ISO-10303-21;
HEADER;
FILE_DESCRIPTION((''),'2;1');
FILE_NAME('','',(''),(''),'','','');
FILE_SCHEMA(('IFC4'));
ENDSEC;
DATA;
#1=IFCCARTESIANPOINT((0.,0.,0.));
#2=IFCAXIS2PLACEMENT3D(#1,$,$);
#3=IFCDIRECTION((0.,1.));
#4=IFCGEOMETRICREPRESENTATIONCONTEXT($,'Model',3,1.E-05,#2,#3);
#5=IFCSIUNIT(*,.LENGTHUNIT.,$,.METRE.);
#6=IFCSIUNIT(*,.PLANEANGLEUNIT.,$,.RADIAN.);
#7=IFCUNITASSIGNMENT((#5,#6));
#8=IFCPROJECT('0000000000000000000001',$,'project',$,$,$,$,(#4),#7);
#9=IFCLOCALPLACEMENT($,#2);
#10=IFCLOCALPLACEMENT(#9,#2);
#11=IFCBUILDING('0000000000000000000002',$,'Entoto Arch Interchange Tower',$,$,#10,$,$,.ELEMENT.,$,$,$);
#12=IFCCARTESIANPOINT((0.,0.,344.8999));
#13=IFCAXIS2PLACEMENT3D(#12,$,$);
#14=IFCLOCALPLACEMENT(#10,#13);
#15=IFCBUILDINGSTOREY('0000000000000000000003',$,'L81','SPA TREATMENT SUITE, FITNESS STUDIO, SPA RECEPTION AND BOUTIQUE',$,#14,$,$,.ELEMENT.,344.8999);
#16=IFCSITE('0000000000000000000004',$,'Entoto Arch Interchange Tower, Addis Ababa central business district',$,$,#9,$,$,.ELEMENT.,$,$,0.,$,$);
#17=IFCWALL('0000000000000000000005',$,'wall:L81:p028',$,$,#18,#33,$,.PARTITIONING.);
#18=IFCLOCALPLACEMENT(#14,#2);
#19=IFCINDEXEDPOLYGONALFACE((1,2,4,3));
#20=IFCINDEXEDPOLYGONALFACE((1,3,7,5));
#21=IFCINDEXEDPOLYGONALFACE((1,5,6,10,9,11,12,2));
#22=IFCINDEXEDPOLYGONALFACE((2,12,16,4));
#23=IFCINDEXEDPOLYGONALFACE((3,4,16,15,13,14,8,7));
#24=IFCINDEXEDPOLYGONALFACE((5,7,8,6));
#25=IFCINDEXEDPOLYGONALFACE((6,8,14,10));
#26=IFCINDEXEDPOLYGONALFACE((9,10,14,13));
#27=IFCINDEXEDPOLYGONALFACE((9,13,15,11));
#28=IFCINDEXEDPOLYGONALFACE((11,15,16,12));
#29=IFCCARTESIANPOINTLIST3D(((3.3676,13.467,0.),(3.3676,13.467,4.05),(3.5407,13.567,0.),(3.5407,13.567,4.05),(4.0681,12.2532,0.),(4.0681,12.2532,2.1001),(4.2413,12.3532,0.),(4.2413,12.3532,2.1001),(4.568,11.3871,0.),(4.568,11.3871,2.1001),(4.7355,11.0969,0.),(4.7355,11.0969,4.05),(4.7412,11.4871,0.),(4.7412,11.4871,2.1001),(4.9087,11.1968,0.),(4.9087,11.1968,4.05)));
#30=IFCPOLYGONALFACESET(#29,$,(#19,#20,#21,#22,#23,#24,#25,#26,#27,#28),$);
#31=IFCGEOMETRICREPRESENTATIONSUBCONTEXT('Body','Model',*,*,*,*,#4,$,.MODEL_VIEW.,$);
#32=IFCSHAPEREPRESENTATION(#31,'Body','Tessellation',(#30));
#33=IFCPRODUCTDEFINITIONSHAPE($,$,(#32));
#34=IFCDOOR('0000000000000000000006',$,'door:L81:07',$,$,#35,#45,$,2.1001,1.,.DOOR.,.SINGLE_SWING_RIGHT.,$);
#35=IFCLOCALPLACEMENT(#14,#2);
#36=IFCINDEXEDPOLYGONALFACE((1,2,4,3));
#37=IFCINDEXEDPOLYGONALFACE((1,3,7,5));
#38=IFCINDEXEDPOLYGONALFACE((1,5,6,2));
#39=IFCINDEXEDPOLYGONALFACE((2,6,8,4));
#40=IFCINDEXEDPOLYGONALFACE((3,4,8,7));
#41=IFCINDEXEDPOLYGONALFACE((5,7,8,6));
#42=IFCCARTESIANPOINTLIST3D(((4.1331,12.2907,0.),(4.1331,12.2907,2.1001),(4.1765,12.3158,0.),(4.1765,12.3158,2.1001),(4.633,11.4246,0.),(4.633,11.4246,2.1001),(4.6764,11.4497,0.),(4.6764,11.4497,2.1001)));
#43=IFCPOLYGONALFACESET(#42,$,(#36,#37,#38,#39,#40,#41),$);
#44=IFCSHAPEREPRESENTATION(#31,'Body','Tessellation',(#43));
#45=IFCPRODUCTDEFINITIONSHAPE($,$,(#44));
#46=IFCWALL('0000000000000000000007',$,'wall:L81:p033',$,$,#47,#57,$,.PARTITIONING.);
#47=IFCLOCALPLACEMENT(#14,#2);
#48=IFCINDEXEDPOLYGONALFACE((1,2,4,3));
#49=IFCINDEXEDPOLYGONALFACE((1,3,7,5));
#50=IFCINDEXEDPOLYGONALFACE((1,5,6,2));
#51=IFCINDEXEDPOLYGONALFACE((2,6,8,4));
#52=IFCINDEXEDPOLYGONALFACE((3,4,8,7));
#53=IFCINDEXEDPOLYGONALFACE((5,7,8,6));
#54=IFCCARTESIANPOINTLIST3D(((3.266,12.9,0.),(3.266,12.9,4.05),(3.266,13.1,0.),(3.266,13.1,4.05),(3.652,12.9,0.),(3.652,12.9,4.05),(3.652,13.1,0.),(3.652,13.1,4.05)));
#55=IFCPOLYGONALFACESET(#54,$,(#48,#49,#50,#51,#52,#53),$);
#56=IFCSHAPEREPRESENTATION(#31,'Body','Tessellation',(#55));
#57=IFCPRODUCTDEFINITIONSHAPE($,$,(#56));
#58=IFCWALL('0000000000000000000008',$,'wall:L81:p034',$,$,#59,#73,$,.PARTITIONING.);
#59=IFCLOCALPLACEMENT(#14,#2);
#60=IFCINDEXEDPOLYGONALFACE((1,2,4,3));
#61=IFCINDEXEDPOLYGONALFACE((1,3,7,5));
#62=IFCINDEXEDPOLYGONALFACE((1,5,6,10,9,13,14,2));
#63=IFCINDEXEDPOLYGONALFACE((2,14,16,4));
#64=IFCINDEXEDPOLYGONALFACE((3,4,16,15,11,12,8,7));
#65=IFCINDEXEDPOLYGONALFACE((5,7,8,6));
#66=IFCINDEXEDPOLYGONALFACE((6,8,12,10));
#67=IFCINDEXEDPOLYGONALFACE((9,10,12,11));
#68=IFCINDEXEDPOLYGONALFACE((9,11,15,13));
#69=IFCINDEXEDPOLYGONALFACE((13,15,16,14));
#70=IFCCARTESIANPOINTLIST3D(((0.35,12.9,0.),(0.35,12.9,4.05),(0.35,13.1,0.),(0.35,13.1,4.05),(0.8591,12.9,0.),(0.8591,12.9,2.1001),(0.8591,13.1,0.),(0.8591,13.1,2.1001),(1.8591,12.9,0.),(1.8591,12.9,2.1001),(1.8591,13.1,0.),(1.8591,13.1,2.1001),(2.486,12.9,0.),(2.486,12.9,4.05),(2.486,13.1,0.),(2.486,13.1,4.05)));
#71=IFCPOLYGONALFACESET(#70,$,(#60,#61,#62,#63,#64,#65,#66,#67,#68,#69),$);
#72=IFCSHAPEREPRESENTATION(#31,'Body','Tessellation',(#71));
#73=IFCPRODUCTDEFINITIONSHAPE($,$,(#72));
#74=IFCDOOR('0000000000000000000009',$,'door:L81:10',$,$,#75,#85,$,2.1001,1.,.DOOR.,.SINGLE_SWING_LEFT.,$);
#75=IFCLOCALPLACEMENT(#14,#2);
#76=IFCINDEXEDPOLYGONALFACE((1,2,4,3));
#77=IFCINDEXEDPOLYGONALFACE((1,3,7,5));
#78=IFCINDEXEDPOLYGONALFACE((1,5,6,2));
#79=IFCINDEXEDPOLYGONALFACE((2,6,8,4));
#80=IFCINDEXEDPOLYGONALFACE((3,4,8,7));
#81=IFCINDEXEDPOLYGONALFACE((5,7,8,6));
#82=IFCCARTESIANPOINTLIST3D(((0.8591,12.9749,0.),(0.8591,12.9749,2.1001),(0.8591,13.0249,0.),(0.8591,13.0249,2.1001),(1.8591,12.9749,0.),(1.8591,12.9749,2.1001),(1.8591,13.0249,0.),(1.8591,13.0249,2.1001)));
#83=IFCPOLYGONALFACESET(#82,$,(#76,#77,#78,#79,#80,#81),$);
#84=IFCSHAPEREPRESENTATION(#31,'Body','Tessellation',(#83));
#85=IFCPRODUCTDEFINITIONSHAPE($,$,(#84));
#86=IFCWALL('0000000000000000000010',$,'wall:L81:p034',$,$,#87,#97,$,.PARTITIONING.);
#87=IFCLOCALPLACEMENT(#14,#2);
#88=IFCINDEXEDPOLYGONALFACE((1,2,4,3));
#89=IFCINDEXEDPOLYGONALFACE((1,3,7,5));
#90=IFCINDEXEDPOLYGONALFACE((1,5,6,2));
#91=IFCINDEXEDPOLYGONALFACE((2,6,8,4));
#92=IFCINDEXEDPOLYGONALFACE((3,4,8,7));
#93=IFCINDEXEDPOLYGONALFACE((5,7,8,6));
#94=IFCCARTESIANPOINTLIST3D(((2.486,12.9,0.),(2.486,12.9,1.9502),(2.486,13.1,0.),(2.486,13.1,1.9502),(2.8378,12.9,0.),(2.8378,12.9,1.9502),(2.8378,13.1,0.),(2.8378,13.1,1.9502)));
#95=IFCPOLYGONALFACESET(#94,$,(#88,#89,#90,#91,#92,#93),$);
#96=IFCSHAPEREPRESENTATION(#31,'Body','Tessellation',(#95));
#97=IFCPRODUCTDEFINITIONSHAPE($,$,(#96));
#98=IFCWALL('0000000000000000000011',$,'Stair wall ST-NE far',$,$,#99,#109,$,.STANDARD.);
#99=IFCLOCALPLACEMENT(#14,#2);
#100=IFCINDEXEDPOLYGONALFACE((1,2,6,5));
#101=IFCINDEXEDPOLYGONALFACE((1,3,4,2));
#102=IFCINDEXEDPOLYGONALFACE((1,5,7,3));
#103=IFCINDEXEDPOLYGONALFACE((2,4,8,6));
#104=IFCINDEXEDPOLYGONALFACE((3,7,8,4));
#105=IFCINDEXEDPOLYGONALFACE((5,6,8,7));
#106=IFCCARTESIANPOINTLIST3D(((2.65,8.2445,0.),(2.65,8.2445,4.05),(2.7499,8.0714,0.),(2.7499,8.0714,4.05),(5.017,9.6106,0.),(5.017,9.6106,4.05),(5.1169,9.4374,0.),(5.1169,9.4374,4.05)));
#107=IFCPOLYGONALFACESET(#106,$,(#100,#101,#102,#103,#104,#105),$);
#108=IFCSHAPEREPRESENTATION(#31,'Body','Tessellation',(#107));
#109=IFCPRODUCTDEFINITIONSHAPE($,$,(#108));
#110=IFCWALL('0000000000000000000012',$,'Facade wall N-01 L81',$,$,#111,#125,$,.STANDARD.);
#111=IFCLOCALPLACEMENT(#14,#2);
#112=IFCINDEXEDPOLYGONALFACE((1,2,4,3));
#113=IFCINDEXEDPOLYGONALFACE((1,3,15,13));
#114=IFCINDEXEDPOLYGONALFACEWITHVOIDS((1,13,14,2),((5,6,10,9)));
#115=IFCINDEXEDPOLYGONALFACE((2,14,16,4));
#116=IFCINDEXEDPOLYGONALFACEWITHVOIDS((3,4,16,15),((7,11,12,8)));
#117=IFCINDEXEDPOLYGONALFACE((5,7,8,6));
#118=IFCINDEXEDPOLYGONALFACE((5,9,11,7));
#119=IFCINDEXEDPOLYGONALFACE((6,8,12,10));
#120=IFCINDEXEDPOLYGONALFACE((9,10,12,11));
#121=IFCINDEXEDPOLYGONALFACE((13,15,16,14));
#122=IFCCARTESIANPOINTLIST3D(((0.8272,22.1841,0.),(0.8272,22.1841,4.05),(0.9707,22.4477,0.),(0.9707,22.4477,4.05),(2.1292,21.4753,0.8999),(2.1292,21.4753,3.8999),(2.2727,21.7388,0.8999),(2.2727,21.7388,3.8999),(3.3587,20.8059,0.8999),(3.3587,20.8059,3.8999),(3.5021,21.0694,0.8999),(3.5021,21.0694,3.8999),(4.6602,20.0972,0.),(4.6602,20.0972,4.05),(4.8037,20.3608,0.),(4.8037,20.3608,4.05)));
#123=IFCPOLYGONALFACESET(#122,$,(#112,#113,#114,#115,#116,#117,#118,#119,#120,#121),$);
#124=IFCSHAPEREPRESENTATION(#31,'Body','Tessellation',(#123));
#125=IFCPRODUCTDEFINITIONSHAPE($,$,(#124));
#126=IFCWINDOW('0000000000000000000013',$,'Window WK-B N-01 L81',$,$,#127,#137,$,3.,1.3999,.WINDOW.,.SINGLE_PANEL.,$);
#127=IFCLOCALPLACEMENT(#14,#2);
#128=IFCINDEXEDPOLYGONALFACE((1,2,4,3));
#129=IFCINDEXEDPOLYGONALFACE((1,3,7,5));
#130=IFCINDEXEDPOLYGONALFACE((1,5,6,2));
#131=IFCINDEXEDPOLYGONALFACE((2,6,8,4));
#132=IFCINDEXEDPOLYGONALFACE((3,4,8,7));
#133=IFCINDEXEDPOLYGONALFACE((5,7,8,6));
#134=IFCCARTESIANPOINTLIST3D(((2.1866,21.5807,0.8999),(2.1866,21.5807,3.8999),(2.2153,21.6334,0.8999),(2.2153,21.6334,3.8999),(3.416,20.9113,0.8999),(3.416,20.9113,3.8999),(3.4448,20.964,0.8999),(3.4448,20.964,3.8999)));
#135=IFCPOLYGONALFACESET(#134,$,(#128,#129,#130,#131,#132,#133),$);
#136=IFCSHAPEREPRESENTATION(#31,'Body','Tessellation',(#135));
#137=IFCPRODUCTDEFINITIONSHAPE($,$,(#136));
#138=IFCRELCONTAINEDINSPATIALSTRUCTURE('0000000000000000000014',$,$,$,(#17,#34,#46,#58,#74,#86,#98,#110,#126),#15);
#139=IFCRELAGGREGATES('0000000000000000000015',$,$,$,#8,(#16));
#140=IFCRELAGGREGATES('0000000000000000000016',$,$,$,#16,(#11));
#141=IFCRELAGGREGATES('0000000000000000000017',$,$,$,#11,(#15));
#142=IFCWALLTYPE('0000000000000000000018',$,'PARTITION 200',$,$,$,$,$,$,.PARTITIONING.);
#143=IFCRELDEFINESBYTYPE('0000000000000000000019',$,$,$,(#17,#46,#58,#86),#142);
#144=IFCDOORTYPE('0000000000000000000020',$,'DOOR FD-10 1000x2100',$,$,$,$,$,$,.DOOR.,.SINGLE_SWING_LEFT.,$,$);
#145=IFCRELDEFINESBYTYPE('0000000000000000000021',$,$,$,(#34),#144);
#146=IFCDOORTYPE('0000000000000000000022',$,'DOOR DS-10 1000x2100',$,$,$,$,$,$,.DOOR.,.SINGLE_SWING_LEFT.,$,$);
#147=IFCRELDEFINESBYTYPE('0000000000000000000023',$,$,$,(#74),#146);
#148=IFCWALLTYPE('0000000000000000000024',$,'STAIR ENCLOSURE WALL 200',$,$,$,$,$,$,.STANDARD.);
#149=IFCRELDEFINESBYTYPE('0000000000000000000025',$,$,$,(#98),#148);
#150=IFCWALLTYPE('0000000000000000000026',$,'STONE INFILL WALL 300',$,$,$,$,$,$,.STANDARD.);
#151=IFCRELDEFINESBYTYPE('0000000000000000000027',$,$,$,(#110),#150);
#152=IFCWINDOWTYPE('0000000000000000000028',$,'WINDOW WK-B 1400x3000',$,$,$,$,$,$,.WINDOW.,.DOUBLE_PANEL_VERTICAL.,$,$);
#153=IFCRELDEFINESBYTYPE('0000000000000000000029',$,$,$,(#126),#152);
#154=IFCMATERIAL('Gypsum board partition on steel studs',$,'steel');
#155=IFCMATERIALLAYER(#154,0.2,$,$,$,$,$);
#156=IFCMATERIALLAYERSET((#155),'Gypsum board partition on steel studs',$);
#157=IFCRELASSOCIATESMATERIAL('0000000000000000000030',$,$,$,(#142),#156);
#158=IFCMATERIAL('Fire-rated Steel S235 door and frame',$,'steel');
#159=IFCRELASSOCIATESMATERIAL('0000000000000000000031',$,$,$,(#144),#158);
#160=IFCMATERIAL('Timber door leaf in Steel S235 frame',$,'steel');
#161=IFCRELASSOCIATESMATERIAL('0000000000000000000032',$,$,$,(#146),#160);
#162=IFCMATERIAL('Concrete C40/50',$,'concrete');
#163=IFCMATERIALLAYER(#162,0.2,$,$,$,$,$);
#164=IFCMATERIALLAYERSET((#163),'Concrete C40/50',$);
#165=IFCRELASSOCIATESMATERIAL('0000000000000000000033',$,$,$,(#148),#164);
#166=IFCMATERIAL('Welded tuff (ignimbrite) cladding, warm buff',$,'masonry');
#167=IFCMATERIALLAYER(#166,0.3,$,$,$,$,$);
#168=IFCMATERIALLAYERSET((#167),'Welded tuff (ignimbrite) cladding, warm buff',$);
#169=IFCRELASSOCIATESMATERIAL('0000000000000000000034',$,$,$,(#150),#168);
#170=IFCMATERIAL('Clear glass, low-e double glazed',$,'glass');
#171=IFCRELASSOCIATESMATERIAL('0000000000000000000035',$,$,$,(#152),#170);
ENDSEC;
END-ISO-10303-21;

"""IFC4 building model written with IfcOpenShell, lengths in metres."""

from ifc_helpers import new_model, si_unit, direction, frame, frame_2d, origin, place, context, subcontext, project, spatial, rectangle, extrude, material, layer, layer_set, type_object, element, fill, save


model = new_model("IFC4")

# Units and contexts
model_context = context("Model", 3, precision=1e-05, world=origin(), true_north=direction((0.0, 1.0)))
body_context = subcontext(model_context, "Body", "Model", "MODEL_VIEW")
ifc_project = project(units=[si_unit("LENGTHUNIT", "METRE"), si_unit("PLANEANGLEUNIT", "RADIAN")], contexts=[model_context])

# Site, building, storey
site_placement = place(None, origin())
site = spatial("IfcSite", under=ifc_project, at=site_placement, Name="Entoto Arch Interchange Tower, Addis Ababa central business district", CompositionType="ELEMENT", RefElevation=0.0)
building_placement = place(site_placement, origin())
building = spatial("IfcBuilding", under=site, at=building_placement, Name="Entoto Arch Interchange Tower", CompositionType="ELEMENT")
storey_placement = place(building_placement, frame((0.0, 0.0, 344.8999)))
storey = spatial("IfcBuildingStorey", under=building, at=storey_placement, Name="L81", Description="SPA TREATMENT SUITE, FITNESS STUDIO, SPA RECEPTION AND BOUTIQUE", CompositionType="ELEMENT", Elevation=344.8999)

# Shared definitions
ifc_material_1 = material(Name="Concrete C40/50", Category="concrete")

# Shared definitions
ifc_material_2 = material(Name="Gypsum board partition on steel studs", Category="steel")
ifc_layer_1 = layer(ifc_material_2, 0.2)
ifc_layer_set_1 = layer_set([ifc_layer_1], Name="Gypsum board partition on steel studs")
wall_type_1 = type_object("IfcWallType", Name="PARTITION 200", PredefinedType="PARTITIONING", material=ifc_layer_set_1)

# Wall, opening, door
wall_1_placement = place(storey_placement, frame((4.822, 11.147, 0.0), z_axis=(0.0, 0.0, 1.0), x_axis=(-0.499872, 0.866099, 0.0)))
wall_1 = element("IfcWall", 1, at=wall_1_placement, inside=storey, type_object=wall_type_1, Name="wall:L81:p028", PredefinedType="PARTITIONING", context=body_context, shape_type="SweptSolid", body=[
    extrude(rectangle(XDim=2.7366, YDim=0.2, at=frame_2d((1.3682, 0.0))), origin(), (0.0, 0.0, 1.0), 4.05),
])
opening_1_placement = place(wall_1_placement, frame((0.335, 0.0, 0.0)))
opening_1 = element("IfcOpeningElement", 2, at=opening_1_placement, cuts=wall_1, PredefinedType="OPENING", context=body_context, shape_type="SweptSolid", body=[
    extrude(rectangle(XDim=1.0, YDim=2.1001, at=frame_2d((0.5, 1.05))), frame((0.0, 0.1099, 0.0), z_axis=(0.0, -1.0, 0.0), x_axis=(1.0, 0.0, 0.0)), (0.0, 0.0, 1.0), 0.22),
])
ifc_material_3 = material(Name="Fire-rated Steel S235 door and frame", Category="steel")
door_type_1 = type_object("IfcDoorType", Name="DOOR FD-10 1000x2100", OperationType="SINGLE_SWING_LEFT", PredefinedType="DOOR", material=ifc_material_3)
door_1_placement = place(opening_1_placement, origin())
door_1 = element("IfcDoor", 3, at=door_1_placement, inside=storey, type_object=door_type_1, Name="door:L81:07", OperationType="SINGLE_SWING_RIGHT", OverallHeight=2.1001, OverallWidth=1.0, PredefinedType="DOOR", context=body_context, shape_type="SweptSolid", body=[
    extrude(rectangle(XDim=1.0, YDim=2.1001, at=frame_2d((0.5, 1.05))), frame((0.0, 0.0249, 0.0), z_axis=(0.0, -1.0, 0.0), x_axis=(1.0, 0.0, 0.0)), (0.0, 0.0, 1.0), 0.05),
])
fill(opening_1, door_1)

# Wall
wall_2_placement = place(storey_placement, frame((3.2661, 13.0, 0.0), z_axis=(0.0, 0.0, 1.0), x_axis=(1.0, 0.0, 0.0)))
element("IfcWall", 4, at=wall_2_placement, inside=storey, type_object=wall_type_1, Name="wall:L81:p033", PredefinedType="PARTITIONING", context=body_context, shape_type="SweptSolid", body=[
    extrude(rectangle(XDim=0.386, YDim=0.2, at=frame_2d((0.1929, 0.0))), origin(), (0.0, 0.0, 1.0), 4.05),
])

# Wall, opening, door
wall_3_placement = place(storey_placement, frame((0.3501, 13.0, 0.0), z_axis=(0.0, 0.0, 1.0), x_axis=(1.0, 0.0, 0.0)))
wall_3 = element("IfcWall", 5, at=wall_3_placement, inside=storey, type_object=wall_type_1, Name="wall:L81:p034", PredefinedType="PARTITIONING", context=body_context, shape_type="SweptSolid", body=[
    extrude(rectangle(XDim=2.136, YDim=0.2, at=frame_2d((1.0679, 0.0))), origin(), (0.0, 0.0, 1.0), 4.05),
])
opening_2_placement = place(wall_3_placement, frame((0.509, 0.0, 0.0)))
opening_2 = element("IfcOpeningElement", 6, at=opening_2_placement, cuts=wall_3, PredefinedType="OPENING", context=body_context, shape_type="SweptSolid", body=[
    extrude(rectangle(XDim=1.0, YDim=2.1001, at=frame_2d((0.5, 1.05))), frame((0.0, 0.1099, 0.0), z_axis=(0.0, -1.0, 0.0), x_axis=(1.0, 0.0, 0.0)), (0.0, 0.0, 1.0), 0.22),
])
ifc_material_4 = material(Name="Timber door leaf in Steel S235 frame", Category="steel")
door_type_2 = type_object("IfcDoorType", Name="DOOR DS-10 1000x2100", OperationType="SINGLE_SWING_LEFT", PredefinedType="DOOR", material=ifc_material_4)
door_2_placement = place(opening_2_placement, origin())
door_2 = element("IfcDoor", 7, at=door_2_placement, inside=storey, type_object=door_type_2, Name="door:L81:10", OperationType="SINGLE_SWING_LEFT", OverallHeight=2.1001, OverallWidth=1.0, PredefinedType="DOOR", context=body_context, shape_type="SweptSolid", body=[
    extrude(rectangle(XDim=1.0, YDim=2.1001, at=frame_2d((0.5, 1.05))), frame((0.0, 0.0249, 0.0), z_axis=(0.0, -1.0, 0.0), x_axis=(1.0, 0.0, 0.0)), (0.0, 0.0, 1.0), 0.05),
])
fill(opening_2, door_2)

# Walls
wall_4_placement = place(storey_placement, frame((2.4861, 13.0, 0.0), z_axis=(0.0, 0.0, 1.0), x_axis=(1.0, 0.0, 0.0)))
element("IfcWall", 8, at=wall_4_placement, inside=storey, type_object=wall_type_1, Name="wall:L81:p034", PredefinedType="PARTITIONING", context=body_context, shape_type="SweptSolid", body=[
    extrude(rectangle(XDim=0.3518, YDim=0.2, at=frame_2d((0.1758, 0.0))), origin(), (0.0, 0.0, 1.0), 1.9502),
])
ifc_layer_2 = layer(ifc_material_1, 0.2)
ifc_layer_set_2 = layer_set([ifc_layer_2], Name="Concrete C40/50")
wall_type_2 = type_object("IfcWallType", Name="STAIR ENCLOSURE WALL 200", PredefinedType="STANDARD", material=ifc_layer_set_2)
wall_5_placement = place(storey_placement, frame((2.7, 8.158, 0.0), z_axis=(0.0, 0.0, 1.0), x_axis=(0.866119, 0.499838, 0.0)))
element("IfcWall", 9, at=wall_5_placement, inside=storey, type_object=wall_type_2, Name="Stair wall ST-NE far", PredefinedType="STANDARD", context=body_context, shape_type="SweptSolid", body=[
    extrude(rectangle(XDim=2.7329, YDim=0.2, at=frame_2d((1.3665, 0.0))), origin(), (0.0, 0.0, 1.0), 4.05),
])

# Wall, opening, window
ifc_material_5 = material(Name="Welded tuff (ignimbrite) cladding, warm buff", Category="masonry")
ifc_layer_3 = layer(ifc_material_5, 0.3)
ifc_layer_set_3 = layer_set([ifc_layer_3], Name="Welded tuff (ignimbrite) cladding, warm buff")
wall_type_3 = type_object("IfcWallType", Name="STONE INFILL WALL 300", PredefinedType="STANDARD", material=ifc_layer_set_3)
wall_6_placement = place(storey_placement, frame((4.7319, 20.229, 0.0), z_axis=(0.0, 0.0, 1.0), x_axis=(-0.878263, 0.478178, 0.0)))
wall_6 = element("IfcWall", 10, at=wall_6_placement, inside=storey, type_object=wall_type_3, Name="Facade wall N-01 L81", PredefinedType="STANDARD", context=body_context, shape_type="SweptSolid", body=[
    extrude(rectangle(XDim=4.3643, YDim=0.3, at=frame_2d((2.1821, 0.0))), origin(), (0.0, 0.0, 1.0), 4.05),
])
opening_3_placement = place(wall_6_placement, frame((1.4819, 0.0, 0.8999)))
opening_3 = element("IfcOpeningElement", 11, at=opening_3_placement, cuts=wall_6, PredefinedType="OPENING", context=body_context, shape_type="SweptSolid", body=[
    extrude(rectangle(XDim=1.3999, YDim=3.0, at=frame_2d((0.7, 1.5))), frame((0.0, 0.1602, 0.0), z_axis=(0.0, -1.0, 0.0), x_axis=(1.0, 0.0, 0.0)), (0.0, 0.0, 1.0), 0.3201),
])
ifc_material_6 = material(Name="Clear glass, low-e double glazed", Category="glass")
window_type = type_object("IfcWindowType", Name="WINDOW WK-B 1400x3000", PartitioningType="DOUBLE_PANEL_VERTICAL", PredefinedType="WINDOW", material=ifc_material_6)
window_placement = place(opening_3_placement, origin())
window = element("IfcWindow", 12, at=window_placement, inside=storey, type_object=window_type, Name="Window WK-B N-01 L81", OverallHeight=3.0, OverallWidth=1.3999, PartitioningType="SINGLE_PANEL", PredefinedType="WINDOW", context=body_context, shape_type="SweptSolid", body=[
    extrude(rectangle(XDim=1.3999, YDim=3.0, at=frame_2d((0.7, 1.5))), frame((0.0, 0.03, 0.0), z_axis=(0.0, -1.0, 0.0), x_axis=(1.0, 0.0, 0.0)), (0.0, 0.0, 1.0), 0.0601),
])
fill(opening_3, window)

save(model, "model.ifc")
